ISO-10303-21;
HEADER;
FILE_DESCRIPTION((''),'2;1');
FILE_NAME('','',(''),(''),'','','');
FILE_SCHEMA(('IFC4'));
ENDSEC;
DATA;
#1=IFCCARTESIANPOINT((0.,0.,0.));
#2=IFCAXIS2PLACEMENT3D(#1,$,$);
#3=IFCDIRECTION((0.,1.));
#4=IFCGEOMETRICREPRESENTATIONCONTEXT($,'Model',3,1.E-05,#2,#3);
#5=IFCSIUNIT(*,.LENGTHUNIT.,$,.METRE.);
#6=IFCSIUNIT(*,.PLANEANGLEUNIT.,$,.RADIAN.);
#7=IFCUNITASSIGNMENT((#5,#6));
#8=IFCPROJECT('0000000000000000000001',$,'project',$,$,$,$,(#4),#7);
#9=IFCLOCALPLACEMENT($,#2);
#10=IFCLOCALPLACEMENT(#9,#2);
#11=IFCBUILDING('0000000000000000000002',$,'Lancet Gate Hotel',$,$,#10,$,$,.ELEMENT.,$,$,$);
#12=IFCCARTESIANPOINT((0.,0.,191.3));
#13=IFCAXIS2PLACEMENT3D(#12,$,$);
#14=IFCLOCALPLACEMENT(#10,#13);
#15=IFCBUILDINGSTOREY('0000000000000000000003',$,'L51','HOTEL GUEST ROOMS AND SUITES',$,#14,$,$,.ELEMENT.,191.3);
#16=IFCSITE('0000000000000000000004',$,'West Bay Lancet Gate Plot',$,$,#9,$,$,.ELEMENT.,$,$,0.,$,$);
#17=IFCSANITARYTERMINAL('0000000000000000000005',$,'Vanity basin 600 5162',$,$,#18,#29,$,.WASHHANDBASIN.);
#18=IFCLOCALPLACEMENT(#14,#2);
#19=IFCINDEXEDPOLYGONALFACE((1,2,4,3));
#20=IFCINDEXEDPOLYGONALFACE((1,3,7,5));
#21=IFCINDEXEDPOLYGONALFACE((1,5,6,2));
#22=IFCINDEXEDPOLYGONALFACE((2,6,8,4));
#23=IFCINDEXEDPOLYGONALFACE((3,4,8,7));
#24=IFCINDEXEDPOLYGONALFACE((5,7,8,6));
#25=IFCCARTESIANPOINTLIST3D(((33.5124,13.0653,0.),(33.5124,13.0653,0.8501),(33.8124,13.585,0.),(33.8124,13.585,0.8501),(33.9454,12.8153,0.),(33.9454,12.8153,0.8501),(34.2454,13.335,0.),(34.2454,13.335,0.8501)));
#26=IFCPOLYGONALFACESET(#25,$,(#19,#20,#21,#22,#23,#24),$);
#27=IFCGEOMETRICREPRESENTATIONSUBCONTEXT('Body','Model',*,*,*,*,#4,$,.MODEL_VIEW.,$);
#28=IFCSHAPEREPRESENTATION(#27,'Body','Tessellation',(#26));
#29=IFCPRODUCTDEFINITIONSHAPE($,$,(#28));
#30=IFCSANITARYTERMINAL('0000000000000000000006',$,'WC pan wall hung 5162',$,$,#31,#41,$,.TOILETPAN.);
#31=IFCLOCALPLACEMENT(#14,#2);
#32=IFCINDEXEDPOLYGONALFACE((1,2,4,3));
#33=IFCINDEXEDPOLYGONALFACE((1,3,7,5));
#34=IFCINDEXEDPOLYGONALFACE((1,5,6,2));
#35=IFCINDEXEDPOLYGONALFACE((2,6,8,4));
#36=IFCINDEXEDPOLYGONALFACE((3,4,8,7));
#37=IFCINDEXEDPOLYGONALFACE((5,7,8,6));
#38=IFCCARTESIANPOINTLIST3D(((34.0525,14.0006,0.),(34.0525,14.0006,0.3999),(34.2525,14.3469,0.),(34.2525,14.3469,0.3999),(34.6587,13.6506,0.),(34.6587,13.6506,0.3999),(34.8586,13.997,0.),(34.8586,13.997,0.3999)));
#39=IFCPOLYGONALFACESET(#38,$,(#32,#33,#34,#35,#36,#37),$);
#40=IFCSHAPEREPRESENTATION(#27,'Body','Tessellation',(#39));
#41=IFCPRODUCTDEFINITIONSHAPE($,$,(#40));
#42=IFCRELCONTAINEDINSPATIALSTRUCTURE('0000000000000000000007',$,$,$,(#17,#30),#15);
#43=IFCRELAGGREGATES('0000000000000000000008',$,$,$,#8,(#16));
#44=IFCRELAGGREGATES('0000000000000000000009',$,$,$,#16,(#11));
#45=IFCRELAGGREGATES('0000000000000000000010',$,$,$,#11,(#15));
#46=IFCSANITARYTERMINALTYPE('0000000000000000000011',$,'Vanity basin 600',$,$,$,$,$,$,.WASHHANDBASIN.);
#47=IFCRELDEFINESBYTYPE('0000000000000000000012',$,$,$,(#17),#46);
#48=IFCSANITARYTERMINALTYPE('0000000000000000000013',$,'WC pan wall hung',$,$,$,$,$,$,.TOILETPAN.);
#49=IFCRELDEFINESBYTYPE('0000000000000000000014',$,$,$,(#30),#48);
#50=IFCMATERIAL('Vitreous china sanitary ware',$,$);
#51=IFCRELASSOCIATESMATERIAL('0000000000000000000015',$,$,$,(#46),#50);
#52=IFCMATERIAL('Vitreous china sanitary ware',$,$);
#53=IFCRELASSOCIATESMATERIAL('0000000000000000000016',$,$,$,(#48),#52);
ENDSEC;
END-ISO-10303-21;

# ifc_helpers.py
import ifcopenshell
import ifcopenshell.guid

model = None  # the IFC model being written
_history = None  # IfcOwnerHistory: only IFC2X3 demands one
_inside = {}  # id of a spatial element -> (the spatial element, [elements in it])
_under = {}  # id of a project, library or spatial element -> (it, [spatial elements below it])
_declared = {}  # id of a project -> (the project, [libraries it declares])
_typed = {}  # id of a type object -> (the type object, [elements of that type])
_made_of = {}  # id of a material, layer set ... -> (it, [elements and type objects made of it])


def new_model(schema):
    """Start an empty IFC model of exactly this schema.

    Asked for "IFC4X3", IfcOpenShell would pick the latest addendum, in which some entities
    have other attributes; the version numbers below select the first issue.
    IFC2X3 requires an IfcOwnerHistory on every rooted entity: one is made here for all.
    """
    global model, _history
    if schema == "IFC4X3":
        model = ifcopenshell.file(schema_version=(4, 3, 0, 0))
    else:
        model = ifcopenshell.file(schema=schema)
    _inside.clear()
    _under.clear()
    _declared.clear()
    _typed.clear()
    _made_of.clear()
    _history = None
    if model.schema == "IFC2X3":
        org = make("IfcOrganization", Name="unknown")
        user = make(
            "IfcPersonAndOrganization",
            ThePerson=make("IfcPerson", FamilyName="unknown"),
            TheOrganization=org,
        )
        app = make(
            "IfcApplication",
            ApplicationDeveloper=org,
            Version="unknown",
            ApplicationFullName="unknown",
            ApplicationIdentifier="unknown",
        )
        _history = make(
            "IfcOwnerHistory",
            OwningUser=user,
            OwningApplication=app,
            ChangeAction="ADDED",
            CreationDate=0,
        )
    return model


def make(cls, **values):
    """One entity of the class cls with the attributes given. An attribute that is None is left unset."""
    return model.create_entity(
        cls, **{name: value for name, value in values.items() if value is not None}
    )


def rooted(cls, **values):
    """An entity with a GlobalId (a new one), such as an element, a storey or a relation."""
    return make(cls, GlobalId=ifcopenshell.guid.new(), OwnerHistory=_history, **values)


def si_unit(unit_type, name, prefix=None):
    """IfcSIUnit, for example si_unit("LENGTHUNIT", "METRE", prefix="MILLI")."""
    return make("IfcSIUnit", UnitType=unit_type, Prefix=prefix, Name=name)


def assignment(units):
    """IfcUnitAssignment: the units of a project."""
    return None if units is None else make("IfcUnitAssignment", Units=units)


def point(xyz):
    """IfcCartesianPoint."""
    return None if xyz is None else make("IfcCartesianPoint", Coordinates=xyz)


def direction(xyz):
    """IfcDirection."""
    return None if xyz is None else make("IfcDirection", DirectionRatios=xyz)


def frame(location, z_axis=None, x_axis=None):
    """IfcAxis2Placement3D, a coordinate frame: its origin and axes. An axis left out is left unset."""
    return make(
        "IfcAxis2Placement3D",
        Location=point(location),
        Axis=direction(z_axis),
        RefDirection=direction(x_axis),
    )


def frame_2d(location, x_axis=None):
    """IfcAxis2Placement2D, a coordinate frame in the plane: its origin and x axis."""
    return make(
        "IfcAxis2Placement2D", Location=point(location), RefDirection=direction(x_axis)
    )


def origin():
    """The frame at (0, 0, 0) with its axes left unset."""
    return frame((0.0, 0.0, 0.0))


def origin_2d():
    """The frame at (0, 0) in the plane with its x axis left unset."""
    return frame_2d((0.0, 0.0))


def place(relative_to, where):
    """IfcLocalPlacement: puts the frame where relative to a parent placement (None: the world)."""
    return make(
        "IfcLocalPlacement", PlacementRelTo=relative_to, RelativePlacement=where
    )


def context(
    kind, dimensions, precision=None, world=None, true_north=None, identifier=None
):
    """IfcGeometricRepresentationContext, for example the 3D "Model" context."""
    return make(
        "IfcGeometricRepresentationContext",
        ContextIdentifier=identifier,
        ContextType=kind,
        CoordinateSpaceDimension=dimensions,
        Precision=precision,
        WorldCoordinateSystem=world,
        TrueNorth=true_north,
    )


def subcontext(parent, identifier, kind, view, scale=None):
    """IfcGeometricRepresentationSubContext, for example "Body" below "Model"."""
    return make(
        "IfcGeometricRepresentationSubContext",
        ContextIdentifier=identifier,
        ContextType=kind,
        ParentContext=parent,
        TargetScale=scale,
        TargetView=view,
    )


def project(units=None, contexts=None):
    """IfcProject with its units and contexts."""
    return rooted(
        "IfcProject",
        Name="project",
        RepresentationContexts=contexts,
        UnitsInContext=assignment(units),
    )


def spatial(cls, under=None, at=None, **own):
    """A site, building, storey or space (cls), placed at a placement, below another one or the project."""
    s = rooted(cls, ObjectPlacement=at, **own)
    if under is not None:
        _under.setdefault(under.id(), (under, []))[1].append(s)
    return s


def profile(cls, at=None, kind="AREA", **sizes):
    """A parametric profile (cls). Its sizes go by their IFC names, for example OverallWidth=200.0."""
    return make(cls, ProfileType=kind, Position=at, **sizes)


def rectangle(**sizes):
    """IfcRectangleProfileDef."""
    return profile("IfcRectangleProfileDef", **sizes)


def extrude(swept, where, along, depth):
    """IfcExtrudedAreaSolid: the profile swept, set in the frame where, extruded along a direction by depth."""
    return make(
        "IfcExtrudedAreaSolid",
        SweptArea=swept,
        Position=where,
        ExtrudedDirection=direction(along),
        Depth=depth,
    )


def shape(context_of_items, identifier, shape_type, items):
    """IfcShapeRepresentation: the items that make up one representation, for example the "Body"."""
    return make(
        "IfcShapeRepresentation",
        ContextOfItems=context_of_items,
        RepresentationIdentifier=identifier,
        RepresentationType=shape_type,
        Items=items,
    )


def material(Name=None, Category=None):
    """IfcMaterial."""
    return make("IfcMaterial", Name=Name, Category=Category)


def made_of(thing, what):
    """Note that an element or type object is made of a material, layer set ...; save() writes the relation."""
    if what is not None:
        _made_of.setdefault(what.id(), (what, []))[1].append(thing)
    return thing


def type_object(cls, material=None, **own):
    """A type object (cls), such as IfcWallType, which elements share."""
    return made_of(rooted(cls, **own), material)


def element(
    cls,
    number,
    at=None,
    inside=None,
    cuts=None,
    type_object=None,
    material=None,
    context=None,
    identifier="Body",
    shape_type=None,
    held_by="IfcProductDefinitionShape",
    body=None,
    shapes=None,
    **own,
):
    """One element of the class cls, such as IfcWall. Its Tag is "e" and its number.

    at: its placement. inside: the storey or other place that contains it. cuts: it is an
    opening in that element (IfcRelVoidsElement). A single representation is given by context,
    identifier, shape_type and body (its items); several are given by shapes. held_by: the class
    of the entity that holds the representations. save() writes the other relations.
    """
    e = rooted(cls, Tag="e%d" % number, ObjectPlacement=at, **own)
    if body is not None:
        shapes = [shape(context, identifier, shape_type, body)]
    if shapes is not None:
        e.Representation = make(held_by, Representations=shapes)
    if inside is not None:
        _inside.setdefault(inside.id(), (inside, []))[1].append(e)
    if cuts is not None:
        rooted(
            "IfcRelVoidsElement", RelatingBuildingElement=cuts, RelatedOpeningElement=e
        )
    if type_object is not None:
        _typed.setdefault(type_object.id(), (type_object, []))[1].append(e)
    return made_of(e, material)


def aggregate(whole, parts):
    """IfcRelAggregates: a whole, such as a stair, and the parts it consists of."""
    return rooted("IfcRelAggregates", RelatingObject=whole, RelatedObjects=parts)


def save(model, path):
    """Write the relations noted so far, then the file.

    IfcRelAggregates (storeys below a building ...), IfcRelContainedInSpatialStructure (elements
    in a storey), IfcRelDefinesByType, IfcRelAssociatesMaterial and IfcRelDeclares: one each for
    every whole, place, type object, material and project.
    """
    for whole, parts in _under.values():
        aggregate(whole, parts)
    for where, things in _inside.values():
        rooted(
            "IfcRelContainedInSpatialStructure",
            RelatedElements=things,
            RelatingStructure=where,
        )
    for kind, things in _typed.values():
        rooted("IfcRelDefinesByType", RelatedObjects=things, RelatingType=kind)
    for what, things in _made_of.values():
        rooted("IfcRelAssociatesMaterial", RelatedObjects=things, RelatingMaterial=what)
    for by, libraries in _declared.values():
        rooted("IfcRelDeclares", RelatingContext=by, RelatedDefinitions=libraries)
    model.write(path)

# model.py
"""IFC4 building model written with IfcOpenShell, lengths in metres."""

from ifc_helpers import new_model, si_unit, direction, frame, origin, origin_2d, place, context, subcontext, project, spatial, rectangle, extrude, material, type_object, element, save


model = new_model("IFC4")

# Units and contexts
model_context = context("Model", 3, precision=1e-05, world=origin(), true_north=direction((0.0, 1.0)))
body_context = subcontext(model_context, "Body", "Model", "MODEL_VIEW")
ifc_project = project(units=[si_unit("LENGTHUNIT", "METRE"), si_unit("PLANEANGLEUNIT", "RADIAN")], contexts=[model_context])

# Site, building, storey
site_placement = place(None, origin())
site = spatial("IfcSite", under=ifc_project, at=site_placement, Name="West Bay Lancet Gate Plot", CompositionType="ELEMENT", RefElevation=0.0)
building_placement = place(site_placement, origin())
building = spatial("IfcBuilding", under=site, at=building_placement, Name="Lancet Gate Hotel", CompositionType="ELEMENT")
storey_placement = place(building_placement, frame((0.0, 0.0, 191.3)))
storey = spatial("IfcBuildingStorey", under=building, at=storey_placement, Name="L51", Description="HOTEL GUEST ROOMS AND SUITES", CompositionType="ELEMENT", Elevation=191.3)

# Sanitary terminals
ifc_material_1 = material(Name="Vitreous china sanitary ware")
sanitary_terminal_type_1 = type_object("IfcSanitaryTerminalType", Name="Vanity basin 600", PredefinedType="WASHHANDBASIN", material=ifc_material_1)
sanitary_terminal_1_placement = place(storey_placement, frame((33.8789, 13.2002, 0.0), z_axis=(0.0, 0.0, 1.0), x_axis=(0.5, 0.866025, 0.0)))
element("IfcSanitaryTerminal", 1, at=sanitary_terminal_1_placement, inside=storey, type_object=sanitary_terminal_type_1, Name="Vanity basin 600 5162", PredefinedType="WASHHANDBASIN", context=body_context, shape_type="SweptSolid", body=[
    extrude(rectangle(XDim=0.6001, YDim=0.5, at=origin_2d()), origin(), (0.0, 0.0, 1.0), 0.8501),
])
ifc_material_2 = material(Name="Vitreous china sanitary ware")
sanitary_terminal_type_2 = type_object("IfcSanitaryTerminalType", Name="WC pan wall hung", PredefinedType="TOILETPAN", material=ifc_material_2)
sanitary_terminal_2_placement = place(storey_placement, frame((34.4556, 13.9988, 0.0), z_axis=(0.0, 0.0, 1.0), x_axis=(0.5, 0.866025, 0.0)))
element("IfcSanitaryTerminal", 2, at=sanitary_terminal_2_placement, inside=storey, type_object=sanitary_terminal_type_2, Name="WC pan wall hung 5162", PredefinedType="TOILETPAN", context=body_context, shape_type="SweptSolid", body=[
    extrude(rectangle(XDim=0.3999, YDim=0.7, at=origin_2d()), origin(), (0.0, 0.0, 1.0), 0.3999),
])

save(model, "model.ifc")
